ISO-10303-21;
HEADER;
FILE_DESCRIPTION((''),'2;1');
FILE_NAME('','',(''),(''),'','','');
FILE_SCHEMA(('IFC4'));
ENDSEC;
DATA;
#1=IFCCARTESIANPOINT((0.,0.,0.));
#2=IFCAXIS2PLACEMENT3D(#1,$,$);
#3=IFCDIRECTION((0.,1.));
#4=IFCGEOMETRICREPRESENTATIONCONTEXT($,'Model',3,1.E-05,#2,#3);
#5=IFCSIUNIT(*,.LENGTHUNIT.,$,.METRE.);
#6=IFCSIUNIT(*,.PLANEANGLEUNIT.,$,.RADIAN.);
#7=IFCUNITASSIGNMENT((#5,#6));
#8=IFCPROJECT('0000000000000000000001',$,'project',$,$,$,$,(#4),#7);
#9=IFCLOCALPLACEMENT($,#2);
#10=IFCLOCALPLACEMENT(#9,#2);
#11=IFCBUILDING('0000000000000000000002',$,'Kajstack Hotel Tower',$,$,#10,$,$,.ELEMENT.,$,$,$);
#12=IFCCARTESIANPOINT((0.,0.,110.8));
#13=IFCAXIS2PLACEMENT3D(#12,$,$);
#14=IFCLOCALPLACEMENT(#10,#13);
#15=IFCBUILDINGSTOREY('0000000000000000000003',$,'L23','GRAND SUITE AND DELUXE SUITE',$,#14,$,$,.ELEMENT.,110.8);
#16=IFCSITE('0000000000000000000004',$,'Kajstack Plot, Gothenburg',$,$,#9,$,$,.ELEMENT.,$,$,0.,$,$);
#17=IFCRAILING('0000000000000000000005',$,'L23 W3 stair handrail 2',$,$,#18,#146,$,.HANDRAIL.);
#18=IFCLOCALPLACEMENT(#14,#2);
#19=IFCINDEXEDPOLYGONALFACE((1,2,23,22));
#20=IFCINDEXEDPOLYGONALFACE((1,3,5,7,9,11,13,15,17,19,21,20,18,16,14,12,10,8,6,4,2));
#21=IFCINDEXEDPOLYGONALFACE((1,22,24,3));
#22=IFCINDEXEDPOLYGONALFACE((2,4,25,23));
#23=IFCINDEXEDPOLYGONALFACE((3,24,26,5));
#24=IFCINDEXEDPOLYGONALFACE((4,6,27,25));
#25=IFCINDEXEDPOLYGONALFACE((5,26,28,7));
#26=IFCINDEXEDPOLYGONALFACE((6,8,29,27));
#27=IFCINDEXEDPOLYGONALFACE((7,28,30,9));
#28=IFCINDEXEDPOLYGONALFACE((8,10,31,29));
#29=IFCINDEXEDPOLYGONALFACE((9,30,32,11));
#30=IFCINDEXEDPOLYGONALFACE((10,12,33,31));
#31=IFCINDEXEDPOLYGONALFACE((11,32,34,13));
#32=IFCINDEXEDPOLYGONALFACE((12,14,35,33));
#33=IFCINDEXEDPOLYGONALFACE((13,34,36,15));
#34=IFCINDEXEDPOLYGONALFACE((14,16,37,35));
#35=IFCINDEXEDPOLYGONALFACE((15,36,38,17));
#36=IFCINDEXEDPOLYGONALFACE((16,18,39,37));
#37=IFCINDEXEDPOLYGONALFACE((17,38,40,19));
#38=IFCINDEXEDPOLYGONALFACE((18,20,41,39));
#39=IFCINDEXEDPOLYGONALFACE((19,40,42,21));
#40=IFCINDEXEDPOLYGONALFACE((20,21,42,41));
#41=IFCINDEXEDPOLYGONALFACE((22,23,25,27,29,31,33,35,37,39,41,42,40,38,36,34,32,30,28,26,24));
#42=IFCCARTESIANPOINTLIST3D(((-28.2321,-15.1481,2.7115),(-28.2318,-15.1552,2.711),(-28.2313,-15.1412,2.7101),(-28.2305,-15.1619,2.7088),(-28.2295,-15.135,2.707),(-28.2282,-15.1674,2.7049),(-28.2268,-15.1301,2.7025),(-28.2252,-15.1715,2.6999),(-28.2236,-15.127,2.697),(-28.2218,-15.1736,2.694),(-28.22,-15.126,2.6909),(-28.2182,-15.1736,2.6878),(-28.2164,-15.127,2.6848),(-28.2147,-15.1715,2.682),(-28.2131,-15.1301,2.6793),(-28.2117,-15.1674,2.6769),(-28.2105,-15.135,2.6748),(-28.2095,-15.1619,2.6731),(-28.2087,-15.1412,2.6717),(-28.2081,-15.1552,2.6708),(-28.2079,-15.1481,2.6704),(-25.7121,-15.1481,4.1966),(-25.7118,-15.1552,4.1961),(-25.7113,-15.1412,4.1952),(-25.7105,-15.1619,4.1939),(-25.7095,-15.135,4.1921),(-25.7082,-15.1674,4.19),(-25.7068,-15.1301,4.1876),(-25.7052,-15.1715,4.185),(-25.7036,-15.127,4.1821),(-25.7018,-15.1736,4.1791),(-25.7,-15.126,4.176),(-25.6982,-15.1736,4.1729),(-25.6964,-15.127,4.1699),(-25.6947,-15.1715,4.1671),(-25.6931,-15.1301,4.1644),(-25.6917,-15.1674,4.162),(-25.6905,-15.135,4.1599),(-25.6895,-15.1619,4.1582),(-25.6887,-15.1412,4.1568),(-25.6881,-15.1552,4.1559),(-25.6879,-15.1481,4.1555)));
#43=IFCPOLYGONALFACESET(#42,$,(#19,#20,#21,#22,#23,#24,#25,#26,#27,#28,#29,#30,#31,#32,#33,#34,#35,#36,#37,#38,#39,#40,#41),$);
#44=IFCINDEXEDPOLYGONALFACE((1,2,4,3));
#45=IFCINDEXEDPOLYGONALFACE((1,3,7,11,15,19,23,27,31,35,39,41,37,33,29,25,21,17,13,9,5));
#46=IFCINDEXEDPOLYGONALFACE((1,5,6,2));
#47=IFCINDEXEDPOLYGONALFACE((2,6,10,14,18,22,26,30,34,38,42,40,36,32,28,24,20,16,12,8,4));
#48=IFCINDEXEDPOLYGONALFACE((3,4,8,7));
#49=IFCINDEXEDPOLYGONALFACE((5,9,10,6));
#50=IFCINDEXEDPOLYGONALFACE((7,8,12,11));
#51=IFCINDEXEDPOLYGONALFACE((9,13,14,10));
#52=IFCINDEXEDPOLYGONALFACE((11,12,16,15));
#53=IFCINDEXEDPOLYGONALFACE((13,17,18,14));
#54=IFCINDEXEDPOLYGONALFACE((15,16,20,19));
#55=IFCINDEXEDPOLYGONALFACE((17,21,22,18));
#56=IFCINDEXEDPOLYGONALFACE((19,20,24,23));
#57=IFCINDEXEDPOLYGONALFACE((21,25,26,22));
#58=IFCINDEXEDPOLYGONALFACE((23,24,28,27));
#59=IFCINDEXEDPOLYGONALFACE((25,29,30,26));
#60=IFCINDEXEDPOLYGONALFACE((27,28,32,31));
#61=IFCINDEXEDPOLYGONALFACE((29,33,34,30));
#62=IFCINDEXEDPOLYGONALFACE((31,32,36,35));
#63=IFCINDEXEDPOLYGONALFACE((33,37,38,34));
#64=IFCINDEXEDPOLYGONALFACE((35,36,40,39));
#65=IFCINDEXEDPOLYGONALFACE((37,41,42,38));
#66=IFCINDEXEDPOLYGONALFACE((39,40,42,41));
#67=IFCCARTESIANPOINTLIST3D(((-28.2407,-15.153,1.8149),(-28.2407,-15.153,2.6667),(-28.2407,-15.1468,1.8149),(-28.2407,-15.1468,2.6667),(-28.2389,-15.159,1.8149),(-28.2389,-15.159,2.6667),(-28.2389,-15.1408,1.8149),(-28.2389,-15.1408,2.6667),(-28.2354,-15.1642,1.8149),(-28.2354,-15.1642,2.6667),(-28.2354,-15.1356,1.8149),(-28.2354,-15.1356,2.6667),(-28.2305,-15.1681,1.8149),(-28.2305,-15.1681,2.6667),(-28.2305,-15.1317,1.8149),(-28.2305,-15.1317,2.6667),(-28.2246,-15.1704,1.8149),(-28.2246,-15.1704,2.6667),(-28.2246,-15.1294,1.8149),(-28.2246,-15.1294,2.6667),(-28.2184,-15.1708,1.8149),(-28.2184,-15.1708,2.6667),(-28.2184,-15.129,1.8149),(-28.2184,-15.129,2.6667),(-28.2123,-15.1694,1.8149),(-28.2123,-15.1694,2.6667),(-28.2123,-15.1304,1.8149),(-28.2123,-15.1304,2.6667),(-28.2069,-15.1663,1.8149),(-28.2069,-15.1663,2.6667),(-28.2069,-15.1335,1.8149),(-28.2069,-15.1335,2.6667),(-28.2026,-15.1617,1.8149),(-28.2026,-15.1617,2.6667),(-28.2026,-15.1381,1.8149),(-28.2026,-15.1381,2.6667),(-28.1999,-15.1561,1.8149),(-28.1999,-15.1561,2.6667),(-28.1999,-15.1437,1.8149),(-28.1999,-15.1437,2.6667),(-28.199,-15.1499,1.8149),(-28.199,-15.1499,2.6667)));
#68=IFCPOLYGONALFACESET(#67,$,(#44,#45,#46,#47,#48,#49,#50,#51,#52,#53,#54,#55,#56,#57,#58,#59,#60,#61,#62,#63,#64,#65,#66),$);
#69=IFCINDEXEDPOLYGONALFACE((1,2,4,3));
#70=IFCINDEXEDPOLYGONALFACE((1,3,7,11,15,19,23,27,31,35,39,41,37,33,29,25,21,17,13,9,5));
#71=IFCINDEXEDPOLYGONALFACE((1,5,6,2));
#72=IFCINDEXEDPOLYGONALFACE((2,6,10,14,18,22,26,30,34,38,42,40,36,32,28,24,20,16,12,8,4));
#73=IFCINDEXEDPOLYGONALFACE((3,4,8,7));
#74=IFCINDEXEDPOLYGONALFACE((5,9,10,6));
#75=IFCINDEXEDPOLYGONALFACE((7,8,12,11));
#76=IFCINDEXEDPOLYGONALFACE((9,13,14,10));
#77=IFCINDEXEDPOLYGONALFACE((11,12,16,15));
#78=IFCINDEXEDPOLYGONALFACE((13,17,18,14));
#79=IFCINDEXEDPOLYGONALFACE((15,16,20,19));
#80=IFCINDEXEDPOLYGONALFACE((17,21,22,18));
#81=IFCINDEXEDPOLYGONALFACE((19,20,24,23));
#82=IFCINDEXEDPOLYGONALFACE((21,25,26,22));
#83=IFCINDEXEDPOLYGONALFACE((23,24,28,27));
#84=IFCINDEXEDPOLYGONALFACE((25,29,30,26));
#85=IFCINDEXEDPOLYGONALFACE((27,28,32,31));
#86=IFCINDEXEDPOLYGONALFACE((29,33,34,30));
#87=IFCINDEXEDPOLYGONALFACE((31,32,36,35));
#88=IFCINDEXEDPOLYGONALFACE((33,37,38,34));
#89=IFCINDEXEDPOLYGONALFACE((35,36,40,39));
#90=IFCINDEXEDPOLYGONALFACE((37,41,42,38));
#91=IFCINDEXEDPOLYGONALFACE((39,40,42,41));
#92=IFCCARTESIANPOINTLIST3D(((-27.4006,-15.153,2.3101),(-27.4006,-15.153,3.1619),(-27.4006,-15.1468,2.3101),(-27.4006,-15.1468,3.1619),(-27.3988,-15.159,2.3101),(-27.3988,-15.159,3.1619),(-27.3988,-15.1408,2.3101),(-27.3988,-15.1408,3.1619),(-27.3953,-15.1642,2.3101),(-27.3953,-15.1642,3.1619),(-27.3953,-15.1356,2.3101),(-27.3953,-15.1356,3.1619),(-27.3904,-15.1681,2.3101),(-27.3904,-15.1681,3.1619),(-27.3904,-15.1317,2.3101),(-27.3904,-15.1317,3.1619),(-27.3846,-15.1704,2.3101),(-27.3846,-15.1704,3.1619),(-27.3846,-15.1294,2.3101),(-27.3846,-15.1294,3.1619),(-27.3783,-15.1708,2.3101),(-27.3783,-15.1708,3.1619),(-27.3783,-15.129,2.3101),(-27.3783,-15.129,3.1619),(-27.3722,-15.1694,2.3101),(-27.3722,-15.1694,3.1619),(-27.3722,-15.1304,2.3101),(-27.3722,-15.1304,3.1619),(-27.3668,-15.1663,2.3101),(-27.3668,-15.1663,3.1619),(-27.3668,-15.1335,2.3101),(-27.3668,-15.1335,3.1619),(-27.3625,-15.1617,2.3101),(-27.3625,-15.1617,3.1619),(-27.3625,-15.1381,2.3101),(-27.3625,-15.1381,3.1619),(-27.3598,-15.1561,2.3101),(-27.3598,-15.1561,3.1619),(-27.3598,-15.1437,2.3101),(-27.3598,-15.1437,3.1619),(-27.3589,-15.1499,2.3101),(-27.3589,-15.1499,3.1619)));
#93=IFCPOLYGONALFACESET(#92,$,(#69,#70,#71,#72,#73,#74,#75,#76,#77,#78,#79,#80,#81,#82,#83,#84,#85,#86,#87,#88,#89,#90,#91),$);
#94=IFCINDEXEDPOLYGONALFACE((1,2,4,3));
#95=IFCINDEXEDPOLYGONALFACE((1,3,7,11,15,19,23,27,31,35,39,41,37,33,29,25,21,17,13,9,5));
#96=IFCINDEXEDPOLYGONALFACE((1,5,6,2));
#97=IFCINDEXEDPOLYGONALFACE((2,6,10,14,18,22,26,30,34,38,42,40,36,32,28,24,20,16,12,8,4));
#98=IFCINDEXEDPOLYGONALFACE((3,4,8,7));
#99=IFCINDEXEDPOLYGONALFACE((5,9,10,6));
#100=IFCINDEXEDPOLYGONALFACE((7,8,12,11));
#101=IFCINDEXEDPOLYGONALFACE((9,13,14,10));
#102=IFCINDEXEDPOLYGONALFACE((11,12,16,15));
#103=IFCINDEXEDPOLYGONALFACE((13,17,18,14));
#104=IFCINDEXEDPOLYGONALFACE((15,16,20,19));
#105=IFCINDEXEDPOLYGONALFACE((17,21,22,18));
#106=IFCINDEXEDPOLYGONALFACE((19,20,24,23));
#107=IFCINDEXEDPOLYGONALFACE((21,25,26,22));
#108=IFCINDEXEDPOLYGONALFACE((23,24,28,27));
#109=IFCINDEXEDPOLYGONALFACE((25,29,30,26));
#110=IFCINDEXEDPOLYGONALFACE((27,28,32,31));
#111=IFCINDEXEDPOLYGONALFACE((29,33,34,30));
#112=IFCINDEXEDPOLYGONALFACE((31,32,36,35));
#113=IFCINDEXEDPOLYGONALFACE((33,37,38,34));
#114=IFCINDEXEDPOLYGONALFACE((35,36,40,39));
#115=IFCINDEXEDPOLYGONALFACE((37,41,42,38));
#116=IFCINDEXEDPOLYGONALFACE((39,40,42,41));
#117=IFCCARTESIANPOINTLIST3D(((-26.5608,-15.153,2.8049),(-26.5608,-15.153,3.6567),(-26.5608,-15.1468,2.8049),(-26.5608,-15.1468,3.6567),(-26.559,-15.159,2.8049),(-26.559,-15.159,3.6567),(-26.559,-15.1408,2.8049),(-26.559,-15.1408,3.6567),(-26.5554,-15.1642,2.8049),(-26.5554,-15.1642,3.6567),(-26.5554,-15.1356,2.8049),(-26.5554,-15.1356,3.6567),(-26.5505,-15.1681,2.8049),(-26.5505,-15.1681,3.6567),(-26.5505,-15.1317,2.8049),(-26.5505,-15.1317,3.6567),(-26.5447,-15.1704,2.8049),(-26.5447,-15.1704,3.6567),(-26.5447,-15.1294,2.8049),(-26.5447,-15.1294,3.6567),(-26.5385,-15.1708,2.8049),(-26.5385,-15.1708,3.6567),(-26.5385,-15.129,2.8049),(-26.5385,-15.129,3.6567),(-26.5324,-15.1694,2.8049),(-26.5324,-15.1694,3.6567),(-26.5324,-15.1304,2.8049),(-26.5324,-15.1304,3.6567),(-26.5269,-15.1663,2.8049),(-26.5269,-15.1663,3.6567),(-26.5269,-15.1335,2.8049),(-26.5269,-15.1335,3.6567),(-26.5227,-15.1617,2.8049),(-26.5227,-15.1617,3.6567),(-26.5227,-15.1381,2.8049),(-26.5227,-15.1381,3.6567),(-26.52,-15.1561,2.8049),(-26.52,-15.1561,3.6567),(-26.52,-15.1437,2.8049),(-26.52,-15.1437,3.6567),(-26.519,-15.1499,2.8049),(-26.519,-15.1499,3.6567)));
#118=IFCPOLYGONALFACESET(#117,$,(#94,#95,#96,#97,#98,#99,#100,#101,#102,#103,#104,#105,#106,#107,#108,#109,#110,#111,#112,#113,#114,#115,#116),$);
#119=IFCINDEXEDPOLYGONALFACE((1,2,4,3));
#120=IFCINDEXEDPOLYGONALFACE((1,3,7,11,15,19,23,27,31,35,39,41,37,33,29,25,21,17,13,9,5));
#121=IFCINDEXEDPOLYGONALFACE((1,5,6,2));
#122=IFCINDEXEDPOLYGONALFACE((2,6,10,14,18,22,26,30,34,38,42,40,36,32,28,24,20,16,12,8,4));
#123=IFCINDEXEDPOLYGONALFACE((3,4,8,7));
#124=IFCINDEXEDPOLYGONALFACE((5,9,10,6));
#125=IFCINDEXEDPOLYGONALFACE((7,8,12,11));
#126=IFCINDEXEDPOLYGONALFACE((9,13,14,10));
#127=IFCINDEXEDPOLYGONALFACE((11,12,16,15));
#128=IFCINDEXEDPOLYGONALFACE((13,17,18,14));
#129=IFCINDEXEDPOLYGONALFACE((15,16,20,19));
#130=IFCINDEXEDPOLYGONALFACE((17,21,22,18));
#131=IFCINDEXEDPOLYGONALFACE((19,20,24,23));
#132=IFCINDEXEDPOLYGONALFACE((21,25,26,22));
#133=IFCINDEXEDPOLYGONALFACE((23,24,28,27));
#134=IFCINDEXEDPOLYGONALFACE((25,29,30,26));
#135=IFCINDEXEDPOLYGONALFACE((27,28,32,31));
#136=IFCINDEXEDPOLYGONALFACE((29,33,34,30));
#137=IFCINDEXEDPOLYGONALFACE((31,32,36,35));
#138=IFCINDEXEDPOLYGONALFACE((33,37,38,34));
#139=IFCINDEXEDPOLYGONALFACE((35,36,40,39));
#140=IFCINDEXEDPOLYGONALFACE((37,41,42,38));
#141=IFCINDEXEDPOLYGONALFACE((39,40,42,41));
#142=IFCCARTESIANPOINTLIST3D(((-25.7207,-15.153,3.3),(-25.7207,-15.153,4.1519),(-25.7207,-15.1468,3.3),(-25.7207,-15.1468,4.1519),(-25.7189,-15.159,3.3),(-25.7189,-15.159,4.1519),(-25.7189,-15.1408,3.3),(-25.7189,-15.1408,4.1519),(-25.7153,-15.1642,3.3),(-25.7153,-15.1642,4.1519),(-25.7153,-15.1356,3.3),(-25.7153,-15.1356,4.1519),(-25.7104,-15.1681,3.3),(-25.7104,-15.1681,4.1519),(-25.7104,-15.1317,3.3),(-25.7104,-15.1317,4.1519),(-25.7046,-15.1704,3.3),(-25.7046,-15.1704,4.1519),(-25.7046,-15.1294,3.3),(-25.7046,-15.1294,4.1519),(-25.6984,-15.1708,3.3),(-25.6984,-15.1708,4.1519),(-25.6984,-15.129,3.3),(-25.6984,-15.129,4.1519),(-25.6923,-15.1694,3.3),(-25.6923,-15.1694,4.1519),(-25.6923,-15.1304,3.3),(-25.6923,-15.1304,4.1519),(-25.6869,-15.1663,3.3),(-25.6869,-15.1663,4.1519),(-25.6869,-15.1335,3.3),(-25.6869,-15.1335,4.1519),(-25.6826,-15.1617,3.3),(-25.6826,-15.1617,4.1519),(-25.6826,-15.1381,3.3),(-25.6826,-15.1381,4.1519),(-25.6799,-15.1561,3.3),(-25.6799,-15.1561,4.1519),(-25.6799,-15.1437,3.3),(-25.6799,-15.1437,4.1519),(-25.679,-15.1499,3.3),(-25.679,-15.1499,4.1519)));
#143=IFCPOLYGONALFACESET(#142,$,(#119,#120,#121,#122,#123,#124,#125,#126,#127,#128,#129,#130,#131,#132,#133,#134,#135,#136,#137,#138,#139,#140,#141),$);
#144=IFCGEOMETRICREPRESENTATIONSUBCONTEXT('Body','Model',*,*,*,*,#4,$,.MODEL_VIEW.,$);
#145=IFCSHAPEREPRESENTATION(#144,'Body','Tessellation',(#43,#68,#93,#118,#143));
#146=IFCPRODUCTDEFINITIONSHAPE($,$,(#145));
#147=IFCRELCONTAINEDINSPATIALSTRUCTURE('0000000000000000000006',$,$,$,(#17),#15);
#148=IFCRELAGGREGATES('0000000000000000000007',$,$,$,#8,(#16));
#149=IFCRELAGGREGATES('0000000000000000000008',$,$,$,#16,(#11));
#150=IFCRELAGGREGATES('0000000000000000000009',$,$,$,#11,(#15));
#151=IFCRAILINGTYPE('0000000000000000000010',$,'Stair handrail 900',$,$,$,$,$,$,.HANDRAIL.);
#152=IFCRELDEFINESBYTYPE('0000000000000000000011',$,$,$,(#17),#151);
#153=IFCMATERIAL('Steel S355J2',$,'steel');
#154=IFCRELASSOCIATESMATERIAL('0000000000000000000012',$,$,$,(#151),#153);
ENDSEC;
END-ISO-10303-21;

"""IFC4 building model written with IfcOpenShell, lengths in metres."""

from ifc_helpers import new_model, si_unit, direction, frame, origin, origin_2d, place, context, subcontext, project, spatial, circle, extrude, material, type_object, element, save


model = new_model("IFC4")

# Units and contexts
model_context = context("Model", 3, precision=1e-05, world=origin(), true_north=direction((0.0, 1.0)))
body_context = subcontext(model_context, "Body", "Model", "MODEL_VIEW")
ifc_project = project(units=[si_unit("LENGTHUNIT", "METRE"), si_unit("PLANEANGLEUNIT", "RADIAN")], contexts=[model_context])

# Site, building, storey
site_placement = place(None, origin())
site = spatial("IfcSite", under=ifc_project, at=site_placement, Name="Kajstack Plot, Gothenburg", CompositionType="ELEMENT", RefElevation=0.0)
building_placement = place(site_placement, origin())
building = spatial("IfcBuilding", under=site, at=building_placement, Name="Kajstack Hotel Tower", CompositionType="ELEMENT")
storey_placement = place(building_placement, frame((0.0, 0.0, 110.8)))
storey = spatial("IfcBuildingStorey", under=building, at=storey_placement, Name="L23", Description="GRAND SUITE AND DELUXE SUITE", CompositionType="ELEMENT", Elevation=110.8)

# Railing
ifc_material_1 = material(Name="Steel S355J2", Category="steel")
railing_type_1 = type_object("IfcRailingType", Name="Stair handrail 900", PredefinedType="HANDRAIL", material=ifc_material_1)
railing_1_placement = place(storey_placement, frame((-28.22, -15.1499, 1.8149)))
element("IfcRailing", 1, at=railing_1_placement, inside=storey, type_object=railing_type_1, Name="L23 W3 stair handrail 2", PredefinedType="HANDRAIL", context=body_context, shape_type="SweptSolid", body=[
    extrude(circle(Radius=0.0239, at=origin_2d()), frame((0.0, 0.0, 0.876), z_axis=(0.861524, 0.0, 0.507717), x_axis=(0.0, 1.0, 0.0)), (0.0, 0.0, 1.0), 2.925),
    extrude(circle(Radius=0.021, at=origin_2d()), origin(), (0.0, 0.0, 1.0), 0.8518),
    extrude(circle(Radius=0.021, at=origin_2d()), frame((0.8401, 0.0, 0.4951)), (0.0, 0.0, 1.0), 0.8518),
    extrude(circle(Radius=0.021, at=origin_2d()), frame((1.6799, 0.0, 0.99)), (0.0, 0.0, 1.0), 0.8518),
    extrude(circle(Radius=0.021, at=origin_2d()), frame((2.52, 0.0, 1.4851)), (0.0, 0.0, 1.0), 0.8518),
])

save(model, "model.ifc")
